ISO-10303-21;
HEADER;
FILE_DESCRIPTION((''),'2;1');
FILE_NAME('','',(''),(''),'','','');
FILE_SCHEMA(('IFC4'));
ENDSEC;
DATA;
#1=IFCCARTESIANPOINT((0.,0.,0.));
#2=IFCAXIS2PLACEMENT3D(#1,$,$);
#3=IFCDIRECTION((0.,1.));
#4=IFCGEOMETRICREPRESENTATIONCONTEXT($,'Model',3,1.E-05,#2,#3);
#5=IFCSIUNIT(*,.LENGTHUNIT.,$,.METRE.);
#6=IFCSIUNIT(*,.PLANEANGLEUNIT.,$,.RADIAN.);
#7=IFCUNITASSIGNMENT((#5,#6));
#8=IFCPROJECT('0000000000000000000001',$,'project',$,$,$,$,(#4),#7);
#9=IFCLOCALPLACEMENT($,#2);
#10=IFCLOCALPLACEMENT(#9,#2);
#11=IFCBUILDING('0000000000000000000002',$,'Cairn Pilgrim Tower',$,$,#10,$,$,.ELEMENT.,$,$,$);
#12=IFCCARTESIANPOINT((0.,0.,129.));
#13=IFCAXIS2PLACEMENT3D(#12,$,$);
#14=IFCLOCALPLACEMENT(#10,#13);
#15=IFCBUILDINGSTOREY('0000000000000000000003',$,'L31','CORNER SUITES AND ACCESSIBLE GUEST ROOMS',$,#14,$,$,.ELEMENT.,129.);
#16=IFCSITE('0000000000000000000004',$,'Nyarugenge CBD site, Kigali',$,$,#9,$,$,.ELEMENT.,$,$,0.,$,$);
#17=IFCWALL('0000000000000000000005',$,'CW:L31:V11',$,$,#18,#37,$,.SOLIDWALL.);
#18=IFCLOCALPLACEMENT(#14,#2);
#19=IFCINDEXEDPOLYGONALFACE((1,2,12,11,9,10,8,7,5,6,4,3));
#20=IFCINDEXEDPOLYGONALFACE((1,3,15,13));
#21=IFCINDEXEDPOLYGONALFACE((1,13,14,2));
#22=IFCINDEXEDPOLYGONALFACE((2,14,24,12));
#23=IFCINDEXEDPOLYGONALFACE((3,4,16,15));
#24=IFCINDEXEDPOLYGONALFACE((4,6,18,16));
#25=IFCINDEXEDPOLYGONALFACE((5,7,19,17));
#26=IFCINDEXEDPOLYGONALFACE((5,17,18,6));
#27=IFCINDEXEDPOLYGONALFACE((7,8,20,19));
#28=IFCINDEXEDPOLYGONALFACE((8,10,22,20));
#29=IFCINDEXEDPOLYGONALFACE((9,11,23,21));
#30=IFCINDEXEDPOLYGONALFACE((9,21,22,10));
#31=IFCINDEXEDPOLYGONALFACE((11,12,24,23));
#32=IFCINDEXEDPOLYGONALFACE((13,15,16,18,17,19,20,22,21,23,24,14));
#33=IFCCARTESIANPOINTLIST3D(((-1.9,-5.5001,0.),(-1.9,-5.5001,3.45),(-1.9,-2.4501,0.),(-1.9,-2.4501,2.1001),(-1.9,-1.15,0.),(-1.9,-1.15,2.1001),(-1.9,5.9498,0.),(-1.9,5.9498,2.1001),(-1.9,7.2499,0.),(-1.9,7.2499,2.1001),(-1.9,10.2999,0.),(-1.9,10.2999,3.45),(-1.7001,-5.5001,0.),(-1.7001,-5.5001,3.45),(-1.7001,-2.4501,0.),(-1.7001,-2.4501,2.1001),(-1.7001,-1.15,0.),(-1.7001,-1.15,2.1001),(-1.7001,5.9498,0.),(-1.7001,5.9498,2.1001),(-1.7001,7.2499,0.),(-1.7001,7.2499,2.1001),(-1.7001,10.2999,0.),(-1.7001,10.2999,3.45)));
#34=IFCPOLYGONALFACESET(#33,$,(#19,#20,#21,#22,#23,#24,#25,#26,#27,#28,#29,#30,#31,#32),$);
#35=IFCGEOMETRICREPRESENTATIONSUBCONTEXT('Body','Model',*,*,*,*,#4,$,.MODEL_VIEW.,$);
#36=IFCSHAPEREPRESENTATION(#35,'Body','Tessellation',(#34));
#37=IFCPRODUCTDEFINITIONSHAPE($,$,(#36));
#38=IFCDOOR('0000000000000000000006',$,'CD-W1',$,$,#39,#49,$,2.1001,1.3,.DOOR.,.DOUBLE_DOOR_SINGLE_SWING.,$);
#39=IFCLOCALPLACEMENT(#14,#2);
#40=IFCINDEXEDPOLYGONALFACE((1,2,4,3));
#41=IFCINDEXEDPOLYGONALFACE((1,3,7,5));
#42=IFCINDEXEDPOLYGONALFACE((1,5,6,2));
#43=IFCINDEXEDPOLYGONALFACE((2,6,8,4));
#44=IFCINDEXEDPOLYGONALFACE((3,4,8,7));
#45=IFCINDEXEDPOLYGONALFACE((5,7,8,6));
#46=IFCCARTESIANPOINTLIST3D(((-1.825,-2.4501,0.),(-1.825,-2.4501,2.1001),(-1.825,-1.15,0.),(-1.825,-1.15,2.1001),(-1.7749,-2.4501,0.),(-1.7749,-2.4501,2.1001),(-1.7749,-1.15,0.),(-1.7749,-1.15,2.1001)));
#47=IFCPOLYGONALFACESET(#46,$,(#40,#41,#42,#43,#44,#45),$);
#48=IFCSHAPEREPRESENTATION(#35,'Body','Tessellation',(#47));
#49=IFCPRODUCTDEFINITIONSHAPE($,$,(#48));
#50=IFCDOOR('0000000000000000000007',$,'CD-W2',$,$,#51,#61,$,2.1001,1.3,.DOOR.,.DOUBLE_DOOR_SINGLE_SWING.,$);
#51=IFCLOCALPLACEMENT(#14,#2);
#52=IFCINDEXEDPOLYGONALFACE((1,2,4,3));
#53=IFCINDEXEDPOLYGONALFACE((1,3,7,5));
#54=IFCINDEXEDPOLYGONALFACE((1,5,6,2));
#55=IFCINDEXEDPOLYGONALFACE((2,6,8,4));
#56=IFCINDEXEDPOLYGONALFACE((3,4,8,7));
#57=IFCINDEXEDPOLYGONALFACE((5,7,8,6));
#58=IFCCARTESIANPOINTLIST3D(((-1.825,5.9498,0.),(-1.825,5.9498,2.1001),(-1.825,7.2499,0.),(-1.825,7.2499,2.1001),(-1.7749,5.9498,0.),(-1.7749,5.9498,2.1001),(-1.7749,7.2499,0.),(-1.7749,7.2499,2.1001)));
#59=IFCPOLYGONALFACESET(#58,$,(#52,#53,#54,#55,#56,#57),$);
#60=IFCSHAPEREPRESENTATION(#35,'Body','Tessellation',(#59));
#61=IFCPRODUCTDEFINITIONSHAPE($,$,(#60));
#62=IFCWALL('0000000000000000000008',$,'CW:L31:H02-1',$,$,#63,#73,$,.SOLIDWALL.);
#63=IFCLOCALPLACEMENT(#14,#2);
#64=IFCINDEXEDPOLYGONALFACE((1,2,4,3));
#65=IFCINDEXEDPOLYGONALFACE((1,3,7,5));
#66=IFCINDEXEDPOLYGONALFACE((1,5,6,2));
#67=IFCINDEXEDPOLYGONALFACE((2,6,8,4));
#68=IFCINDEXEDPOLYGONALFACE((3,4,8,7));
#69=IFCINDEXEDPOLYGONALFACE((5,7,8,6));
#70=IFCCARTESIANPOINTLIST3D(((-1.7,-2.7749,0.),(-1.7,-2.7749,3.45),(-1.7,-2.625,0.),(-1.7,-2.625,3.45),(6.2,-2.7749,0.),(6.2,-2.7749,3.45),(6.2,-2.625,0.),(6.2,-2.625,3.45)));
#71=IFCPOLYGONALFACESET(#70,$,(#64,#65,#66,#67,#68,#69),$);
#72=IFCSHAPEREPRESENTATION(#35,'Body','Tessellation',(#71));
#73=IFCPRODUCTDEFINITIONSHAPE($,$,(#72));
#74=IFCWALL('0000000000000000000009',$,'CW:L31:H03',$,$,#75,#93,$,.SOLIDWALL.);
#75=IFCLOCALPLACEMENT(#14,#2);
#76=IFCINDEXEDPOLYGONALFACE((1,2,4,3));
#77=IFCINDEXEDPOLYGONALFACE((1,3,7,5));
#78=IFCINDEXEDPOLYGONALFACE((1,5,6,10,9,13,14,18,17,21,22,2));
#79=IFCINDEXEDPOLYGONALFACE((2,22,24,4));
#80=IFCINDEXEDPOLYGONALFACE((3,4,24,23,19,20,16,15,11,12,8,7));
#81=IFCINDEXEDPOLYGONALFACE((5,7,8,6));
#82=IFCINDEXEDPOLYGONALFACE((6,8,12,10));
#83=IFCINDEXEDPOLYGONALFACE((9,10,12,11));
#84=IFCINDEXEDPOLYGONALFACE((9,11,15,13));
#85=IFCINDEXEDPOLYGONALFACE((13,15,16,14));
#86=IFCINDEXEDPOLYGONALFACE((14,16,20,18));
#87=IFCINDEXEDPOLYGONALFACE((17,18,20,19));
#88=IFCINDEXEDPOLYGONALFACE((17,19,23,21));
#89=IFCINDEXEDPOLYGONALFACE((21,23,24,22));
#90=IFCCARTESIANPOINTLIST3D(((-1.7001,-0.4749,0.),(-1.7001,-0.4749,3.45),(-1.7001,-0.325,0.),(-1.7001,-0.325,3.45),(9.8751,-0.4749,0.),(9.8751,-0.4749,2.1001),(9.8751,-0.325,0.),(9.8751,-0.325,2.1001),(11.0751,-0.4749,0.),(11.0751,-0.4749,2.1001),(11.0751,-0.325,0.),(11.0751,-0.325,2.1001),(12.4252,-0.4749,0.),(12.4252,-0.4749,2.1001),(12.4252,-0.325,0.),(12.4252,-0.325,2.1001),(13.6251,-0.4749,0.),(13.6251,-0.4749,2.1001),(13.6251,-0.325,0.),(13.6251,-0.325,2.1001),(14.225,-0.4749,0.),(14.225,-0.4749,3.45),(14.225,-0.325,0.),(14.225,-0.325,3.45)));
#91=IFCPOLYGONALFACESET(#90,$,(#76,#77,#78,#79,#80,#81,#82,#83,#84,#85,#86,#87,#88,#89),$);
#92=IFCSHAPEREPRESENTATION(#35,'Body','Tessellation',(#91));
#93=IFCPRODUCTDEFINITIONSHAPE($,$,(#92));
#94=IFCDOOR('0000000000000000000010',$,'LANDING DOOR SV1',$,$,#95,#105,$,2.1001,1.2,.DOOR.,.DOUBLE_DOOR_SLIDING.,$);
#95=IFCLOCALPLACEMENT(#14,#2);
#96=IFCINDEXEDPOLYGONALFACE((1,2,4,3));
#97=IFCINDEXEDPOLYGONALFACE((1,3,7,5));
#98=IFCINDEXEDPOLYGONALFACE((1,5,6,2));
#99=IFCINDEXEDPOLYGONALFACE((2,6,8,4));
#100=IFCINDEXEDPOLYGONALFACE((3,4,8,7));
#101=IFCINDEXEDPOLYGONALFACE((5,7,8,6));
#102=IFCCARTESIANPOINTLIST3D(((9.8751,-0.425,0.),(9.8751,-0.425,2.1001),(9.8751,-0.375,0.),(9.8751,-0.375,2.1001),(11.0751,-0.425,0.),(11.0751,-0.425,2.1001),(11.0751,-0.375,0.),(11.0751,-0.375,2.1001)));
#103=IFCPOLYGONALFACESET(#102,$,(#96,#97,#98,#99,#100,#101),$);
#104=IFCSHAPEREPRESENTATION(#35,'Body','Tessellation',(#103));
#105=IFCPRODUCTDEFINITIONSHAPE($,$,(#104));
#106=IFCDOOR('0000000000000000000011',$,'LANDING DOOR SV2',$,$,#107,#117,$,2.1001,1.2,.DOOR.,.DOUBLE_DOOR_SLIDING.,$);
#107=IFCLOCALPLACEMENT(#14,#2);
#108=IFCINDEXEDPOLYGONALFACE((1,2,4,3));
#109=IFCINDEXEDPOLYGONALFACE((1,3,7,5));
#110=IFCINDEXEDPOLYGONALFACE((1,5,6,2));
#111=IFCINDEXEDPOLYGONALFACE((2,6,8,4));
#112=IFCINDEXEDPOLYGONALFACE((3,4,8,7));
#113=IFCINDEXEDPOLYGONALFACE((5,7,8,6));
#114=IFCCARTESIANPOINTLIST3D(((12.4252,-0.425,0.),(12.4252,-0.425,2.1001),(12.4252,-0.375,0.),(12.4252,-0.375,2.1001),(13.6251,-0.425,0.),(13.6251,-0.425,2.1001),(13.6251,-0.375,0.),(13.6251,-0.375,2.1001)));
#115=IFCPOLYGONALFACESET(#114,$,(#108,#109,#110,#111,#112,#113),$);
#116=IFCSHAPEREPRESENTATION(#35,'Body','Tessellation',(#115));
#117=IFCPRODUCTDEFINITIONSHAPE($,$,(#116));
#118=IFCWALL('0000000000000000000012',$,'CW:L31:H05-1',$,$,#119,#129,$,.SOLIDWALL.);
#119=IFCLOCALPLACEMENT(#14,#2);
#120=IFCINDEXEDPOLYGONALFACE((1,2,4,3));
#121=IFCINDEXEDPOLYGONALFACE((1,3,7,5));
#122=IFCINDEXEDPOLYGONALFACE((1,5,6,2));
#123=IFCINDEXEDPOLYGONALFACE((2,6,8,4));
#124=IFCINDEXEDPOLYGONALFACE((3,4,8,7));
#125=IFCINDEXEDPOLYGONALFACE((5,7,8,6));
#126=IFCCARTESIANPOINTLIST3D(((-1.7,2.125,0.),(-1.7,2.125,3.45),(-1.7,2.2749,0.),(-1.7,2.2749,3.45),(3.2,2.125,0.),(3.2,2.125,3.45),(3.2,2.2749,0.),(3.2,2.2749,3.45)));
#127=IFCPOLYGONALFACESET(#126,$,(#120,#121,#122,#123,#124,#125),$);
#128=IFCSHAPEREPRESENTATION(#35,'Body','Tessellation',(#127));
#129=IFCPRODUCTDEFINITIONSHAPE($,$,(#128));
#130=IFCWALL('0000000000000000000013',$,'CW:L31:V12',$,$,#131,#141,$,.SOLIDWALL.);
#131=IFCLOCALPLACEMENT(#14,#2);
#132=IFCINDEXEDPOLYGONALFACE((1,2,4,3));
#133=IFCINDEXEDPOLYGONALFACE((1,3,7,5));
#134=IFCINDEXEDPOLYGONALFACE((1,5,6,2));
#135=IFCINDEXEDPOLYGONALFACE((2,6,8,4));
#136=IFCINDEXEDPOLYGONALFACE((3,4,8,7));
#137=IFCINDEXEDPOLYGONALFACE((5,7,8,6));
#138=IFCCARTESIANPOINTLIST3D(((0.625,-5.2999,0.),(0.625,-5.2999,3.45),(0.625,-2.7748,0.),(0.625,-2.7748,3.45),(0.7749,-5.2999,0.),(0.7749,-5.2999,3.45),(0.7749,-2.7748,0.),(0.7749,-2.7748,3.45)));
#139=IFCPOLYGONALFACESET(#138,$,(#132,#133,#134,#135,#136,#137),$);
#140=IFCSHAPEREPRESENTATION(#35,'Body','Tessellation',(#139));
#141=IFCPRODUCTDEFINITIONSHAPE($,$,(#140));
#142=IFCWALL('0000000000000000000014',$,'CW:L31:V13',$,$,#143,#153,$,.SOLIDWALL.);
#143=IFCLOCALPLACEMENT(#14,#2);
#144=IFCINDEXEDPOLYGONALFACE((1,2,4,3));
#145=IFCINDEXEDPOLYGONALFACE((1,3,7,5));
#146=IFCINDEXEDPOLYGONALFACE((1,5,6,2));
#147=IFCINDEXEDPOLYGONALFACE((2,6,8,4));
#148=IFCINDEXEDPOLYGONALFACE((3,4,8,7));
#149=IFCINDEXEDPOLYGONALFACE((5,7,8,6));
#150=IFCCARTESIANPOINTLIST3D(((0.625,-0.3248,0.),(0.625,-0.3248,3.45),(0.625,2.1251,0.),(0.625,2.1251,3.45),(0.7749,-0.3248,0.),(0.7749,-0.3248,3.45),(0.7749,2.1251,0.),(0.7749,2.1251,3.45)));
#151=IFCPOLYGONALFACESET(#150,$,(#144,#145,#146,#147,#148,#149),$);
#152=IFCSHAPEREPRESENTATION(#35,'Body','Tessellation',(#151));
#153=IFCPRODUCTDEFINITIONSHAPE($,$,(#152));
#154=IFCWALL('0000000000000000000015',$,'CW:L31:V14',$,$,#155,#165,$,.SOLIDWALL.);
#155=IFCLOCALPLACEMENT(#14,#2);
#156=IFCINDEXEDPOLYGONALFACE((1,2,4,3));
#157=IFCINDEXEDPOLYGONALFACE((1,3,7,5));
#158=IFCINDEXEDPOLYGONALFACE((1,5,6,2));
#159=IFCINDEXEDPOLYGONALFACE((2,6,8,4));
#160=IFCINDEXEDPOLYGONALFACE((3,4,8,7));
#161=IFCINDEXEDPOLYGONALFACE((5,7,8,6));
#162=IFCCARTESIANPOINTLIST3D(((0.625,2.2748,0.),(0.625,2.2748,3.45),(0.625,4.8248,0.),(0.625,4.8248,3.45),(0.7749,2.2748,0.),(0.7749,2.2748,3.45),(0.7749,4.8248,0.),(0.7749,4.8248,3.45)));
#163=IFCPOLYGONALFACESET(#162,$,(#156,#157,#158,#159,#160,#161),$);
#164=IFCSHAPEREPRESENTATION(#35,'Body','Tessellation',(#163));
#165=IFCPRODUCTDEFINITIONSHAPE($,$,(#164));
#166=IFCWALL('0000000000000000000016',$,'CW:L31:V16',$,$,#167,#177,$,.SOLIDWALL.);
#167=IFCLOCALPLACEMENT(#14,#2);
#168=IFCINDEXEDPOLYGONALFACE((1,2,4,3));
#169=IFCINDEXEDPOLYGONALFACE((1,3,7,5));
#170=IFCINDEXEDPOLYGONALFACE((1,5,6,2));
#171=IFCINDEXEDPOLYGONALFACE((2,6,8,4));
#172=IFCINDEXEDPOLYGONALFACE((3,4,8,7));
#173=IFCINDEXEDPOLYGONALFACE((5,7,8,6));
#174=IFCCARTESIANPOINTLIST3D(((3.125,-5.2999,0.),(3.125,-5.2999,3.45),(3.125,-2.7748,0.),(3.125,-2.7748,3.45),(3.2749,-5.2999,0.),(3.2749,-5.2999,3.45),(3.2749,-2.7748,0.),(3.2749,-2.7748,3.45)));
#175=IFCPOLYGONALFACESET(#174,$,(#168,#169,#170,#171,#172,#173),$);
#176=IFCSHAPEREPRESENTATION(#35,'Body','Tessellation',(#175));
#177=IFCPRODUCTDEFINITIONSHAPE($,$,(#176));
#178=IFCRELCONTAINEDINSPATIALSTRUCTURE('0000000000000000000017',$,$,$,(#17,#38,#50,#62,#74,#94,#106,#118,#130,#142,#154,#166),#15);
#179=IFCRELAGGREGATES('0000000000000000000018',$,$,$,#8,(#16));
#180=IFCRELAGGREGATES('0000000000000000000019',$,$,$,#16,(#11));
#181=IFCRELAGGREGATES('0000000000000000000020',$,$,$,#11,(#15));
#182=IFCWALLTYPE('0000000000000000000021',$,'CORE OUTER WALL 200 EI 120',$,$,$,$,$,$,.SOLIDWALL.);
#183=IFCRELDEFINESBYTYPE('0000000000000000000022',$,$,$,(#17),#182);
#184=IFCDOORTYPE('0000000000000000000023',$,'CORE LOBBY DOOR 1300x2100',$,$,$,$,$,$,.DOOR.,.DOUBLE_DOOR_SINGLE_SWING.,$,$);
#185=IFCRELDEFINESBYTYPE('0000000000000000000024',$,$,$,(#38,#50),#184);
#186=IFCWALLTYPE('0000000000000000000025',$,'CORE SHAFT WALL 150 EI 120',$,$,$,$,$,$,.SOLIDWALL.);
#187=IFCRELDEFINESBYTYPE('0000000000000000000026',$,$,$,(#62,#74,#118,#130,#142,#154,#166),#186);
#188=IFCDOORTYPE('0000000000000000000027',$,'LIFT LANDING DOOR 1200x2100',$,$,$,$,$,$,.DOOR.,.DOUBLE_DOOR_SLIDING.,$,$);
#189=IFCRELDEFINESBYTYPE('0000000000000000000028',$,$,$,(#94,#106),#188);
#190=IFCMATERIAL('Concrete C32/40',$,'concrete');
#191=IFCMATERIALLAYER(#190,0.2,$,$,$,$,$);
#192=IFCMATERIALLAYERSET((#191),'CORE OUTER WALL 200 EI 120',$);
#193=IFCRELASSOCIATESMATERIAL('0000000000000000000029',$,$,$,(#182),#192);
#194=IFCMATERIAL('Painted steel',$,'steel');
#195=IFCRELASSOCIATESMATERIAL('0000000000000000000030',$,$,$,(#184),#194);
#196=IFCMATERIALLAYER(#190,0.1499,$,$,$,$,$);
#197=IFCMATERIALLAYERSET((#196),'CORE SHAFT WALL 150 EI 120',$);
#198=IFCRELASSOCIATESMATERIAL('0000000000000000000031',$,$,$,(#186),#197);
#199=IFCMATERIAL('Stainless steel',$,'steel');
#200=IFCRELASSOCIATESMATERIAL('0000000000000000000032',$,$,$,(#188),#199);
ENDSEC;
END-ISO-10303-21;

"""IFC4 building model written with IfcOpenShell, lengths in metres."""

from ifc_helpers import new_model, si_unit, direction, frame, frame_2d, origin, place, context, subcontext, project, spatial, rectangle, extrude, material, layer, layer_set, type_object, element, fill, save


model = new_model("IFC4")

# Units and contexts
model_context = context("Model", 3, precision=1e-05, world=origin(), true_north=direction((0.0, 1.0)))
body_context = subcontext(model_context, "Body", "Model", "MODEL_VIEW")
ifc_project = project(units=[si_unit("LENGTHUNIT", "METRE"), si_unit("PLANEANGLEUNIT", "RADIAN")], contexts=[model_context])

# Site, building, storey
site_placement = place(None, origin())
site = spatial("IfcSite", under=ifc_project, at=site_placement, Name="Nyarugenge CBD site, Kigali", CompositionType="ELEMENT", RefElevation=0.0)
building_placement = place(site_placement, origin())
building = spatial("IfcBuilding", under=site, at=building_placement, Name="Cairn Pilgrim Tower", CompositionType="ELEMENT")
storey_placement = place(building_placement, frame((0.0, 0.0, 129.0)))
storey = spatial("IfcBuildingStorey", under=building, at=storey_placement, Name="L31", Description="CORNER SUITES AND ACCESSIBLE GUEST ROOMS", CompositionType="ELEMENT", Elevation=129.0)

# Shared definitions
ifc_material_1 = material(Name="Concrete C32/40", Category="concrete")

# Shared definitions
ifc_layer_1 = layer(ifc_material_1, 0.2)
ifc_layer_set_1 = layer_set([ifc_layer_1], Name="CORE OUTER WALL 200 EI 120")
wall_type_1 = type_object("IfcWallType", Name="CORE OUTER WALL 200 EI 120", PredefinedType="SOLIDWALL", material=ifc_layer_set_1)

# Wall, openings, doors
wall_1_placement = place(storey_placement, frame((-1.8, -5.5, 0.0), z_axis=(0.0, 0.0, 1.0), x_axis=(0.0, 1.0, 0.0)))
wall_1 = element("IfcWall", 1, at=wall_1_placement, inside=storey, type_object=wall_type_1, Name="CW:L31:V11", PredefinedType="SOLIDWALL", context=body_context, shape_type="SweptSolid", body=[
    extrude(rectangle(XDim=15.8, YDim=0.2, at=frame_2d((7.8999, 0.0))), origin(), (0.0, 0.0, 1.0), 3.45),
])
opening_1_placement = place(wall_1_placement, frame((3.05, 0.0, 0.0)))
opening_1 = element("IfcOpeningElement", 2, at=opening_1_placement, cuts=wall_1, PredefinedType="OPENING", context=body_context, shape_type="SweptSolid", body=[
    extrude(rectangle(XDim=1.3, YDim=2.1001, at=frame_2d((0.6499, 1.05))), frame((0.0, 0.1099, 0.0), z_axis=(0.0, -1.0, 0.0), x_axis=(1.0, 0.0, 0.0)), (0.0, 0.0, 1.0), 0.22),
])
opening_2_placement = place(wall_1_placement, frame((11.45, 0.0, 0.0)))
opening_2 = element("IfcOpeningElement", 3, at=opening_2_placement, cuts=wall_1, PredefinedType="OPENING", context=body_context, shape_type="SweptSolid", body=[
    extrude(rectangle(XDim=1.3, YDim=2.1001, at=frame_2d((0.6499, 1.05))), frame((0.0, 0.1099, 0.0), z_axis=(0.0, -1.0, 0.0), x_axis=(1.0, 0.0, 0.0)), (0.0, 0.0, 1.0), 0.22),
])
ifc_material_2 = material(Name="Painted steel", Category="steel")
door_type_1 = type_object("IfcDoorType", Name="CORE LOBBY DOOR 1300x2100", OperationType="DOUBLE_DOOR_SINGLE_SWING", PredefinedType="DOOR", material=ifc_material_2)
door_1_placement = place(opening_1_placement, origin())
door_1 = element("IfcDoor", 4, at=door_1_placement, inside=storey, type_object=door_type_1, Name="CD-W1", OperationType="DOUBLE_DOOR_SINGLE_SWING", OverallHeight=2.1001, OverallWidth=1.3, PredefinedType="DOOR", context=body_context, shape_type="SweptSolid", body=[
    extrude(rectangle(XDim=1.3, YDim=2.1001, at=frame_2d((0.6499, 1.05))), frame((0.0, 0.0249, 0.0), z_axis=(0.0, -1.0, 0.0), x_axis=(1.0, 0.0, 0.0)), (0.0, 0.0, 1.0), 0.05),
])
fill(opening_1, door_1)
door_2_placement = place(opening_2_placement, origin())
door_2 = element("IfcDoor", 5, at=door_2_placement, inside=storey, type_object=door_type_1, Name="CD-W2", OperationType="DOUBLE_DOOR_SINGLE_SWING", OverallHeight=2.1001, OverallWidth=1.3, PredefinedType="DOOR", context=body_context, shape_type="SweptSolid", body=[
    extrude(rectangle(XDim=1.3, YDim=2.1001, at=frame_2d((0.6499, 1.05))), frame((0.0, 0.0249, 0.0), z_axis=(0.0, -1.0, 0.0), x_axis=(1.0, 0.0, 0.0)), (0.0, 0.0, 1.0), 0.05),
])
fill(opening_2, door_2)

# Wall
ifc_layer_2 = layer(ifc_material_1, 0.1499)
ifc_layer_set_2 = layer_set([ifc_layer_2], Name="CORE SHAFT WALL 150 EI 120")
wall_type_2 = type_object("IfcWallType", Name="CORE SHAFT WALL 150 EI 120", PredefinedType="SOLIDWALL", material=ifc_layer_set_2)
wall_2_placement = place(storey_placement, frame((-1.7, -2.7, 0.0), z_axis=(0.0, 0.0, 1.0), x_axis=(1.0, 0.0, 0.0)))
element("IfcWall", 6, at=wall_2_placement, inside=storey, type_object=wall_type_2, Name="CW:L31:H02-1", PredefinedType="SOLIDWALL", context=body_context, shape_type="SweptSolid", body=[
    extrude(rectangle(XDim=7.8999, YDim=0.1499, at=frame_2d((3.95, 0.0))), origin(), (0.0, 0.0, 1.0), 3.45),
])

# Wall, openings, doors
wall_3_placement = place(storey_placement, frame((-1.7, -0.3999, 0.0), z_axis=(0.0, 0.0, 1.0), x_axis=(1.0, 0.0, 0.0)))
wall_3 = element("IfcWall", 7, at=wall_3_placement, inside=storey, type_object=wall_type_2, Name="CW:L31:H03", PredefinedType="SOLIDWALL", context=body_context, shape_type="SweptSolid", body=[
    extrude(rectangle(XDim=15.925, YDim=0.1499, at=frame_2d((7.9624, 0.0))), origin(), (0.0, 0.0, 1.0), 3.45),
])
opening_3_placement = place(wall_3_placement, frame((11.575, 0.0, 0.0)))
opening_3 = element("IfcOpeningElement", 8, at=opening_3_placement, cuts=wall_3, PredefinedType="OPENING", context=body_context, shape_type="SweptSolid", body=[
    extrude(rectangle(XDim=1.2, YDim=2.1001, at=frame_2d((0.6001, 1.05))), frame((0.0, 0.085, 0.0), z_axis=(0.0, -1.0, 0.0), x_axis=(1.0, 0.0, 0.0)), (0.0, 0.0, 1.0), 0.1699),
])
opening_4_placement = place(wall_3_placement, frame((14.125, 0.0, 0.0)))
opening_4 = element("IfcOpeningElement", 9, at=opening_4_placement, cuts=wall_3, PredefinedType="OPENING", context=body_context, shape_type="SweptSolid", body=[
    extrude(rectangle(XDim=1.2, YDim=2.1001, at=frame_2d((0.6001, 1.05))), frame((0.0, 0.085, 0.0), z_axis=(0.0, -1.0, 0.0), x_axis=(1.0, 0.0, 0.0)), (0.0, 0.0, 1.0), 0.1699),
])
ifc_material_3 = material(Name="Stainless steel", Category="steel")
door_type_2 = type_object("IfcDoorType", Name="LIFT LANDING DOOR 1200x2100", OperationType="DOUBLE_DOOR_SLIDING", PredefinedType="DOOR", material=ifc_material_3)
door_3_placement = place(opening_3_placement, origin())
door_3 = element("IfcDoor", 10, at=door_3_placement, inside=storey, type_object=door_type_2, Name="LANDING DOOR SV1", OperationType="DOUBLE_DOOR_SLIDING", OverallHeight=2.1001, OverallWidth=1.2, PredefinedType="DOOR", context=body_context, shape_type="SweptSolid", body=[
    extrude(rectangle(XDim=1.2, YDim=2.1001, at=frame_2d((0.6001, 1.05))), frame((0.0, 0.0249, 0.0), z_axis=(0.0, -1.0, 0.0), x_axis=(1.0, 0.0, 0.0)), (0.0, 0.0, 1.0), 0.05),
])
fill(opening_3, door_3)
door_4_placement = place(opening_4_placement, origin())
door_4 = element("IfcDoor", 11, at=door_4_placement, inside=storey, type_object=door_type_2, Name="LANDING DOOR SV2", OperationType="DOUBLE_DOOR_SLIDING", OverallHeight=2.1001, OverallWidth=1.2, PredefinedType="DOOR", context=body_context, shape_type="SweptSolid", body=[
    extrude(rectangle(XDim=1.2, YDim=2.1001, at=frame_2d((0.6001, 1.05))), frame((0.0, 0.0249, 0.0), z_axis=(0.0, -1.0, 0.0), x_axis=(1.0, 0.0, 0.0)), (0.0, 0.0, 1.0), 0.05),
])
fill(opening_4, door_4)

# Walls
wall_4_placement = place(storey_placement, frame((-1.7, 2.2, 0.0), z_axis=(0.0, 0.0, 1.0), x_axis=(1.0, 0.0, 0.0)))
element("IfcWall", 12, at=wall_4_placement, inside=storey, type_object=wall_type_2, Name="CW:L31:H05-1", PredefinedType="SOLIDWALL", context=body_context, shape_type="SweptSolid", body=[
    extrude(rectangle(XDim=4.8999, YDim=0.1499, at=frame_2d((2.45, 0.0))), origin(), (0.0, 0.0, 1.0), 3.45),
])
wall_5_placement = place(storey_placement, frame((0.7, -5.3, 0.0), z_axis=(0.0, 0.0, 1.0), x_axis=(0.0, 1.0, 0.0)))
element("IfcWall", 13, at=wall_5_placement, inside=storey, type_object=wall_type_2, Name="CW:L31:V12", PredefinedType="SOLIDWALL", context=body_context, shape_type="SweptSolid", body=[
    extrude(rectangle(XDim=2.5251, YDim=0.1499, at=frame_2d((1.2627, 0.0))), origin(), (0.0, 0.0, 1.0), 3.45),
])
wall_6_placement = place(storey_placement, frame((0.7, -0.325, 0.0), z_axis=(0.0, 0.0, 1.0), x_axis=(0.0, 1.0, 0.0)))
element("IfcWall", 14, at=wall_6_placement, inside=storey, type_object=wall_type_2, Name="CW:L31:V13", PredefinedType="SOLIDWALL", context=body_context, shape_type="SweptSolid", body=[
    extrude(rectangle(XDim=2.45, YDim=0.1499, at=frame_2d((1.2251, 0.0))), origin(), (0.0, 0.0, 1.0), 3.45),
])
wall_7_placement = place(storey_placement, frame((0.7, 2.2749, 0.0), z_axis=(0.0, 0.0, 1.0), x_axis=(0.0, 1.0, 0.0)))
element("IfcWall", 15, at=wall_7_placement, inside=storey, type_object=wall_type_2, Name="CW:L31:V14", PredefinedType="SOLIDWALL", context=body_context, shape_type="SweptSolid", body=[
    extrude(rectangle(XDim=2.55, YDim=0.1499, at=frame_2d((1.2749, 0.0))), origin(), (0.0, 0.0, 1.0), 3.45),
])
wall_8_placement = place(storey_placement, frame((3.2, -5.3, 0.0), z_axis=(0.0, 0.0, 1.0), x_axis=(0.0, 1.0, 0.0)))
element("IfcWall", 16, at=wall_8_placement, inside=storey, type_object=wall_type_2, Name="CW:L31:V16", PredefinedType="SOLIDWALL", context=body_context, shape_type="SweptSolid", body=[
    extrude(rectangle(XDim=2.5251, YDim=0.1499, at=frame_2d((1.2627, 0.0))), origin(), (0.0, 0.0, 1.0), 3.45),
])

save(model, "model.ifc")
